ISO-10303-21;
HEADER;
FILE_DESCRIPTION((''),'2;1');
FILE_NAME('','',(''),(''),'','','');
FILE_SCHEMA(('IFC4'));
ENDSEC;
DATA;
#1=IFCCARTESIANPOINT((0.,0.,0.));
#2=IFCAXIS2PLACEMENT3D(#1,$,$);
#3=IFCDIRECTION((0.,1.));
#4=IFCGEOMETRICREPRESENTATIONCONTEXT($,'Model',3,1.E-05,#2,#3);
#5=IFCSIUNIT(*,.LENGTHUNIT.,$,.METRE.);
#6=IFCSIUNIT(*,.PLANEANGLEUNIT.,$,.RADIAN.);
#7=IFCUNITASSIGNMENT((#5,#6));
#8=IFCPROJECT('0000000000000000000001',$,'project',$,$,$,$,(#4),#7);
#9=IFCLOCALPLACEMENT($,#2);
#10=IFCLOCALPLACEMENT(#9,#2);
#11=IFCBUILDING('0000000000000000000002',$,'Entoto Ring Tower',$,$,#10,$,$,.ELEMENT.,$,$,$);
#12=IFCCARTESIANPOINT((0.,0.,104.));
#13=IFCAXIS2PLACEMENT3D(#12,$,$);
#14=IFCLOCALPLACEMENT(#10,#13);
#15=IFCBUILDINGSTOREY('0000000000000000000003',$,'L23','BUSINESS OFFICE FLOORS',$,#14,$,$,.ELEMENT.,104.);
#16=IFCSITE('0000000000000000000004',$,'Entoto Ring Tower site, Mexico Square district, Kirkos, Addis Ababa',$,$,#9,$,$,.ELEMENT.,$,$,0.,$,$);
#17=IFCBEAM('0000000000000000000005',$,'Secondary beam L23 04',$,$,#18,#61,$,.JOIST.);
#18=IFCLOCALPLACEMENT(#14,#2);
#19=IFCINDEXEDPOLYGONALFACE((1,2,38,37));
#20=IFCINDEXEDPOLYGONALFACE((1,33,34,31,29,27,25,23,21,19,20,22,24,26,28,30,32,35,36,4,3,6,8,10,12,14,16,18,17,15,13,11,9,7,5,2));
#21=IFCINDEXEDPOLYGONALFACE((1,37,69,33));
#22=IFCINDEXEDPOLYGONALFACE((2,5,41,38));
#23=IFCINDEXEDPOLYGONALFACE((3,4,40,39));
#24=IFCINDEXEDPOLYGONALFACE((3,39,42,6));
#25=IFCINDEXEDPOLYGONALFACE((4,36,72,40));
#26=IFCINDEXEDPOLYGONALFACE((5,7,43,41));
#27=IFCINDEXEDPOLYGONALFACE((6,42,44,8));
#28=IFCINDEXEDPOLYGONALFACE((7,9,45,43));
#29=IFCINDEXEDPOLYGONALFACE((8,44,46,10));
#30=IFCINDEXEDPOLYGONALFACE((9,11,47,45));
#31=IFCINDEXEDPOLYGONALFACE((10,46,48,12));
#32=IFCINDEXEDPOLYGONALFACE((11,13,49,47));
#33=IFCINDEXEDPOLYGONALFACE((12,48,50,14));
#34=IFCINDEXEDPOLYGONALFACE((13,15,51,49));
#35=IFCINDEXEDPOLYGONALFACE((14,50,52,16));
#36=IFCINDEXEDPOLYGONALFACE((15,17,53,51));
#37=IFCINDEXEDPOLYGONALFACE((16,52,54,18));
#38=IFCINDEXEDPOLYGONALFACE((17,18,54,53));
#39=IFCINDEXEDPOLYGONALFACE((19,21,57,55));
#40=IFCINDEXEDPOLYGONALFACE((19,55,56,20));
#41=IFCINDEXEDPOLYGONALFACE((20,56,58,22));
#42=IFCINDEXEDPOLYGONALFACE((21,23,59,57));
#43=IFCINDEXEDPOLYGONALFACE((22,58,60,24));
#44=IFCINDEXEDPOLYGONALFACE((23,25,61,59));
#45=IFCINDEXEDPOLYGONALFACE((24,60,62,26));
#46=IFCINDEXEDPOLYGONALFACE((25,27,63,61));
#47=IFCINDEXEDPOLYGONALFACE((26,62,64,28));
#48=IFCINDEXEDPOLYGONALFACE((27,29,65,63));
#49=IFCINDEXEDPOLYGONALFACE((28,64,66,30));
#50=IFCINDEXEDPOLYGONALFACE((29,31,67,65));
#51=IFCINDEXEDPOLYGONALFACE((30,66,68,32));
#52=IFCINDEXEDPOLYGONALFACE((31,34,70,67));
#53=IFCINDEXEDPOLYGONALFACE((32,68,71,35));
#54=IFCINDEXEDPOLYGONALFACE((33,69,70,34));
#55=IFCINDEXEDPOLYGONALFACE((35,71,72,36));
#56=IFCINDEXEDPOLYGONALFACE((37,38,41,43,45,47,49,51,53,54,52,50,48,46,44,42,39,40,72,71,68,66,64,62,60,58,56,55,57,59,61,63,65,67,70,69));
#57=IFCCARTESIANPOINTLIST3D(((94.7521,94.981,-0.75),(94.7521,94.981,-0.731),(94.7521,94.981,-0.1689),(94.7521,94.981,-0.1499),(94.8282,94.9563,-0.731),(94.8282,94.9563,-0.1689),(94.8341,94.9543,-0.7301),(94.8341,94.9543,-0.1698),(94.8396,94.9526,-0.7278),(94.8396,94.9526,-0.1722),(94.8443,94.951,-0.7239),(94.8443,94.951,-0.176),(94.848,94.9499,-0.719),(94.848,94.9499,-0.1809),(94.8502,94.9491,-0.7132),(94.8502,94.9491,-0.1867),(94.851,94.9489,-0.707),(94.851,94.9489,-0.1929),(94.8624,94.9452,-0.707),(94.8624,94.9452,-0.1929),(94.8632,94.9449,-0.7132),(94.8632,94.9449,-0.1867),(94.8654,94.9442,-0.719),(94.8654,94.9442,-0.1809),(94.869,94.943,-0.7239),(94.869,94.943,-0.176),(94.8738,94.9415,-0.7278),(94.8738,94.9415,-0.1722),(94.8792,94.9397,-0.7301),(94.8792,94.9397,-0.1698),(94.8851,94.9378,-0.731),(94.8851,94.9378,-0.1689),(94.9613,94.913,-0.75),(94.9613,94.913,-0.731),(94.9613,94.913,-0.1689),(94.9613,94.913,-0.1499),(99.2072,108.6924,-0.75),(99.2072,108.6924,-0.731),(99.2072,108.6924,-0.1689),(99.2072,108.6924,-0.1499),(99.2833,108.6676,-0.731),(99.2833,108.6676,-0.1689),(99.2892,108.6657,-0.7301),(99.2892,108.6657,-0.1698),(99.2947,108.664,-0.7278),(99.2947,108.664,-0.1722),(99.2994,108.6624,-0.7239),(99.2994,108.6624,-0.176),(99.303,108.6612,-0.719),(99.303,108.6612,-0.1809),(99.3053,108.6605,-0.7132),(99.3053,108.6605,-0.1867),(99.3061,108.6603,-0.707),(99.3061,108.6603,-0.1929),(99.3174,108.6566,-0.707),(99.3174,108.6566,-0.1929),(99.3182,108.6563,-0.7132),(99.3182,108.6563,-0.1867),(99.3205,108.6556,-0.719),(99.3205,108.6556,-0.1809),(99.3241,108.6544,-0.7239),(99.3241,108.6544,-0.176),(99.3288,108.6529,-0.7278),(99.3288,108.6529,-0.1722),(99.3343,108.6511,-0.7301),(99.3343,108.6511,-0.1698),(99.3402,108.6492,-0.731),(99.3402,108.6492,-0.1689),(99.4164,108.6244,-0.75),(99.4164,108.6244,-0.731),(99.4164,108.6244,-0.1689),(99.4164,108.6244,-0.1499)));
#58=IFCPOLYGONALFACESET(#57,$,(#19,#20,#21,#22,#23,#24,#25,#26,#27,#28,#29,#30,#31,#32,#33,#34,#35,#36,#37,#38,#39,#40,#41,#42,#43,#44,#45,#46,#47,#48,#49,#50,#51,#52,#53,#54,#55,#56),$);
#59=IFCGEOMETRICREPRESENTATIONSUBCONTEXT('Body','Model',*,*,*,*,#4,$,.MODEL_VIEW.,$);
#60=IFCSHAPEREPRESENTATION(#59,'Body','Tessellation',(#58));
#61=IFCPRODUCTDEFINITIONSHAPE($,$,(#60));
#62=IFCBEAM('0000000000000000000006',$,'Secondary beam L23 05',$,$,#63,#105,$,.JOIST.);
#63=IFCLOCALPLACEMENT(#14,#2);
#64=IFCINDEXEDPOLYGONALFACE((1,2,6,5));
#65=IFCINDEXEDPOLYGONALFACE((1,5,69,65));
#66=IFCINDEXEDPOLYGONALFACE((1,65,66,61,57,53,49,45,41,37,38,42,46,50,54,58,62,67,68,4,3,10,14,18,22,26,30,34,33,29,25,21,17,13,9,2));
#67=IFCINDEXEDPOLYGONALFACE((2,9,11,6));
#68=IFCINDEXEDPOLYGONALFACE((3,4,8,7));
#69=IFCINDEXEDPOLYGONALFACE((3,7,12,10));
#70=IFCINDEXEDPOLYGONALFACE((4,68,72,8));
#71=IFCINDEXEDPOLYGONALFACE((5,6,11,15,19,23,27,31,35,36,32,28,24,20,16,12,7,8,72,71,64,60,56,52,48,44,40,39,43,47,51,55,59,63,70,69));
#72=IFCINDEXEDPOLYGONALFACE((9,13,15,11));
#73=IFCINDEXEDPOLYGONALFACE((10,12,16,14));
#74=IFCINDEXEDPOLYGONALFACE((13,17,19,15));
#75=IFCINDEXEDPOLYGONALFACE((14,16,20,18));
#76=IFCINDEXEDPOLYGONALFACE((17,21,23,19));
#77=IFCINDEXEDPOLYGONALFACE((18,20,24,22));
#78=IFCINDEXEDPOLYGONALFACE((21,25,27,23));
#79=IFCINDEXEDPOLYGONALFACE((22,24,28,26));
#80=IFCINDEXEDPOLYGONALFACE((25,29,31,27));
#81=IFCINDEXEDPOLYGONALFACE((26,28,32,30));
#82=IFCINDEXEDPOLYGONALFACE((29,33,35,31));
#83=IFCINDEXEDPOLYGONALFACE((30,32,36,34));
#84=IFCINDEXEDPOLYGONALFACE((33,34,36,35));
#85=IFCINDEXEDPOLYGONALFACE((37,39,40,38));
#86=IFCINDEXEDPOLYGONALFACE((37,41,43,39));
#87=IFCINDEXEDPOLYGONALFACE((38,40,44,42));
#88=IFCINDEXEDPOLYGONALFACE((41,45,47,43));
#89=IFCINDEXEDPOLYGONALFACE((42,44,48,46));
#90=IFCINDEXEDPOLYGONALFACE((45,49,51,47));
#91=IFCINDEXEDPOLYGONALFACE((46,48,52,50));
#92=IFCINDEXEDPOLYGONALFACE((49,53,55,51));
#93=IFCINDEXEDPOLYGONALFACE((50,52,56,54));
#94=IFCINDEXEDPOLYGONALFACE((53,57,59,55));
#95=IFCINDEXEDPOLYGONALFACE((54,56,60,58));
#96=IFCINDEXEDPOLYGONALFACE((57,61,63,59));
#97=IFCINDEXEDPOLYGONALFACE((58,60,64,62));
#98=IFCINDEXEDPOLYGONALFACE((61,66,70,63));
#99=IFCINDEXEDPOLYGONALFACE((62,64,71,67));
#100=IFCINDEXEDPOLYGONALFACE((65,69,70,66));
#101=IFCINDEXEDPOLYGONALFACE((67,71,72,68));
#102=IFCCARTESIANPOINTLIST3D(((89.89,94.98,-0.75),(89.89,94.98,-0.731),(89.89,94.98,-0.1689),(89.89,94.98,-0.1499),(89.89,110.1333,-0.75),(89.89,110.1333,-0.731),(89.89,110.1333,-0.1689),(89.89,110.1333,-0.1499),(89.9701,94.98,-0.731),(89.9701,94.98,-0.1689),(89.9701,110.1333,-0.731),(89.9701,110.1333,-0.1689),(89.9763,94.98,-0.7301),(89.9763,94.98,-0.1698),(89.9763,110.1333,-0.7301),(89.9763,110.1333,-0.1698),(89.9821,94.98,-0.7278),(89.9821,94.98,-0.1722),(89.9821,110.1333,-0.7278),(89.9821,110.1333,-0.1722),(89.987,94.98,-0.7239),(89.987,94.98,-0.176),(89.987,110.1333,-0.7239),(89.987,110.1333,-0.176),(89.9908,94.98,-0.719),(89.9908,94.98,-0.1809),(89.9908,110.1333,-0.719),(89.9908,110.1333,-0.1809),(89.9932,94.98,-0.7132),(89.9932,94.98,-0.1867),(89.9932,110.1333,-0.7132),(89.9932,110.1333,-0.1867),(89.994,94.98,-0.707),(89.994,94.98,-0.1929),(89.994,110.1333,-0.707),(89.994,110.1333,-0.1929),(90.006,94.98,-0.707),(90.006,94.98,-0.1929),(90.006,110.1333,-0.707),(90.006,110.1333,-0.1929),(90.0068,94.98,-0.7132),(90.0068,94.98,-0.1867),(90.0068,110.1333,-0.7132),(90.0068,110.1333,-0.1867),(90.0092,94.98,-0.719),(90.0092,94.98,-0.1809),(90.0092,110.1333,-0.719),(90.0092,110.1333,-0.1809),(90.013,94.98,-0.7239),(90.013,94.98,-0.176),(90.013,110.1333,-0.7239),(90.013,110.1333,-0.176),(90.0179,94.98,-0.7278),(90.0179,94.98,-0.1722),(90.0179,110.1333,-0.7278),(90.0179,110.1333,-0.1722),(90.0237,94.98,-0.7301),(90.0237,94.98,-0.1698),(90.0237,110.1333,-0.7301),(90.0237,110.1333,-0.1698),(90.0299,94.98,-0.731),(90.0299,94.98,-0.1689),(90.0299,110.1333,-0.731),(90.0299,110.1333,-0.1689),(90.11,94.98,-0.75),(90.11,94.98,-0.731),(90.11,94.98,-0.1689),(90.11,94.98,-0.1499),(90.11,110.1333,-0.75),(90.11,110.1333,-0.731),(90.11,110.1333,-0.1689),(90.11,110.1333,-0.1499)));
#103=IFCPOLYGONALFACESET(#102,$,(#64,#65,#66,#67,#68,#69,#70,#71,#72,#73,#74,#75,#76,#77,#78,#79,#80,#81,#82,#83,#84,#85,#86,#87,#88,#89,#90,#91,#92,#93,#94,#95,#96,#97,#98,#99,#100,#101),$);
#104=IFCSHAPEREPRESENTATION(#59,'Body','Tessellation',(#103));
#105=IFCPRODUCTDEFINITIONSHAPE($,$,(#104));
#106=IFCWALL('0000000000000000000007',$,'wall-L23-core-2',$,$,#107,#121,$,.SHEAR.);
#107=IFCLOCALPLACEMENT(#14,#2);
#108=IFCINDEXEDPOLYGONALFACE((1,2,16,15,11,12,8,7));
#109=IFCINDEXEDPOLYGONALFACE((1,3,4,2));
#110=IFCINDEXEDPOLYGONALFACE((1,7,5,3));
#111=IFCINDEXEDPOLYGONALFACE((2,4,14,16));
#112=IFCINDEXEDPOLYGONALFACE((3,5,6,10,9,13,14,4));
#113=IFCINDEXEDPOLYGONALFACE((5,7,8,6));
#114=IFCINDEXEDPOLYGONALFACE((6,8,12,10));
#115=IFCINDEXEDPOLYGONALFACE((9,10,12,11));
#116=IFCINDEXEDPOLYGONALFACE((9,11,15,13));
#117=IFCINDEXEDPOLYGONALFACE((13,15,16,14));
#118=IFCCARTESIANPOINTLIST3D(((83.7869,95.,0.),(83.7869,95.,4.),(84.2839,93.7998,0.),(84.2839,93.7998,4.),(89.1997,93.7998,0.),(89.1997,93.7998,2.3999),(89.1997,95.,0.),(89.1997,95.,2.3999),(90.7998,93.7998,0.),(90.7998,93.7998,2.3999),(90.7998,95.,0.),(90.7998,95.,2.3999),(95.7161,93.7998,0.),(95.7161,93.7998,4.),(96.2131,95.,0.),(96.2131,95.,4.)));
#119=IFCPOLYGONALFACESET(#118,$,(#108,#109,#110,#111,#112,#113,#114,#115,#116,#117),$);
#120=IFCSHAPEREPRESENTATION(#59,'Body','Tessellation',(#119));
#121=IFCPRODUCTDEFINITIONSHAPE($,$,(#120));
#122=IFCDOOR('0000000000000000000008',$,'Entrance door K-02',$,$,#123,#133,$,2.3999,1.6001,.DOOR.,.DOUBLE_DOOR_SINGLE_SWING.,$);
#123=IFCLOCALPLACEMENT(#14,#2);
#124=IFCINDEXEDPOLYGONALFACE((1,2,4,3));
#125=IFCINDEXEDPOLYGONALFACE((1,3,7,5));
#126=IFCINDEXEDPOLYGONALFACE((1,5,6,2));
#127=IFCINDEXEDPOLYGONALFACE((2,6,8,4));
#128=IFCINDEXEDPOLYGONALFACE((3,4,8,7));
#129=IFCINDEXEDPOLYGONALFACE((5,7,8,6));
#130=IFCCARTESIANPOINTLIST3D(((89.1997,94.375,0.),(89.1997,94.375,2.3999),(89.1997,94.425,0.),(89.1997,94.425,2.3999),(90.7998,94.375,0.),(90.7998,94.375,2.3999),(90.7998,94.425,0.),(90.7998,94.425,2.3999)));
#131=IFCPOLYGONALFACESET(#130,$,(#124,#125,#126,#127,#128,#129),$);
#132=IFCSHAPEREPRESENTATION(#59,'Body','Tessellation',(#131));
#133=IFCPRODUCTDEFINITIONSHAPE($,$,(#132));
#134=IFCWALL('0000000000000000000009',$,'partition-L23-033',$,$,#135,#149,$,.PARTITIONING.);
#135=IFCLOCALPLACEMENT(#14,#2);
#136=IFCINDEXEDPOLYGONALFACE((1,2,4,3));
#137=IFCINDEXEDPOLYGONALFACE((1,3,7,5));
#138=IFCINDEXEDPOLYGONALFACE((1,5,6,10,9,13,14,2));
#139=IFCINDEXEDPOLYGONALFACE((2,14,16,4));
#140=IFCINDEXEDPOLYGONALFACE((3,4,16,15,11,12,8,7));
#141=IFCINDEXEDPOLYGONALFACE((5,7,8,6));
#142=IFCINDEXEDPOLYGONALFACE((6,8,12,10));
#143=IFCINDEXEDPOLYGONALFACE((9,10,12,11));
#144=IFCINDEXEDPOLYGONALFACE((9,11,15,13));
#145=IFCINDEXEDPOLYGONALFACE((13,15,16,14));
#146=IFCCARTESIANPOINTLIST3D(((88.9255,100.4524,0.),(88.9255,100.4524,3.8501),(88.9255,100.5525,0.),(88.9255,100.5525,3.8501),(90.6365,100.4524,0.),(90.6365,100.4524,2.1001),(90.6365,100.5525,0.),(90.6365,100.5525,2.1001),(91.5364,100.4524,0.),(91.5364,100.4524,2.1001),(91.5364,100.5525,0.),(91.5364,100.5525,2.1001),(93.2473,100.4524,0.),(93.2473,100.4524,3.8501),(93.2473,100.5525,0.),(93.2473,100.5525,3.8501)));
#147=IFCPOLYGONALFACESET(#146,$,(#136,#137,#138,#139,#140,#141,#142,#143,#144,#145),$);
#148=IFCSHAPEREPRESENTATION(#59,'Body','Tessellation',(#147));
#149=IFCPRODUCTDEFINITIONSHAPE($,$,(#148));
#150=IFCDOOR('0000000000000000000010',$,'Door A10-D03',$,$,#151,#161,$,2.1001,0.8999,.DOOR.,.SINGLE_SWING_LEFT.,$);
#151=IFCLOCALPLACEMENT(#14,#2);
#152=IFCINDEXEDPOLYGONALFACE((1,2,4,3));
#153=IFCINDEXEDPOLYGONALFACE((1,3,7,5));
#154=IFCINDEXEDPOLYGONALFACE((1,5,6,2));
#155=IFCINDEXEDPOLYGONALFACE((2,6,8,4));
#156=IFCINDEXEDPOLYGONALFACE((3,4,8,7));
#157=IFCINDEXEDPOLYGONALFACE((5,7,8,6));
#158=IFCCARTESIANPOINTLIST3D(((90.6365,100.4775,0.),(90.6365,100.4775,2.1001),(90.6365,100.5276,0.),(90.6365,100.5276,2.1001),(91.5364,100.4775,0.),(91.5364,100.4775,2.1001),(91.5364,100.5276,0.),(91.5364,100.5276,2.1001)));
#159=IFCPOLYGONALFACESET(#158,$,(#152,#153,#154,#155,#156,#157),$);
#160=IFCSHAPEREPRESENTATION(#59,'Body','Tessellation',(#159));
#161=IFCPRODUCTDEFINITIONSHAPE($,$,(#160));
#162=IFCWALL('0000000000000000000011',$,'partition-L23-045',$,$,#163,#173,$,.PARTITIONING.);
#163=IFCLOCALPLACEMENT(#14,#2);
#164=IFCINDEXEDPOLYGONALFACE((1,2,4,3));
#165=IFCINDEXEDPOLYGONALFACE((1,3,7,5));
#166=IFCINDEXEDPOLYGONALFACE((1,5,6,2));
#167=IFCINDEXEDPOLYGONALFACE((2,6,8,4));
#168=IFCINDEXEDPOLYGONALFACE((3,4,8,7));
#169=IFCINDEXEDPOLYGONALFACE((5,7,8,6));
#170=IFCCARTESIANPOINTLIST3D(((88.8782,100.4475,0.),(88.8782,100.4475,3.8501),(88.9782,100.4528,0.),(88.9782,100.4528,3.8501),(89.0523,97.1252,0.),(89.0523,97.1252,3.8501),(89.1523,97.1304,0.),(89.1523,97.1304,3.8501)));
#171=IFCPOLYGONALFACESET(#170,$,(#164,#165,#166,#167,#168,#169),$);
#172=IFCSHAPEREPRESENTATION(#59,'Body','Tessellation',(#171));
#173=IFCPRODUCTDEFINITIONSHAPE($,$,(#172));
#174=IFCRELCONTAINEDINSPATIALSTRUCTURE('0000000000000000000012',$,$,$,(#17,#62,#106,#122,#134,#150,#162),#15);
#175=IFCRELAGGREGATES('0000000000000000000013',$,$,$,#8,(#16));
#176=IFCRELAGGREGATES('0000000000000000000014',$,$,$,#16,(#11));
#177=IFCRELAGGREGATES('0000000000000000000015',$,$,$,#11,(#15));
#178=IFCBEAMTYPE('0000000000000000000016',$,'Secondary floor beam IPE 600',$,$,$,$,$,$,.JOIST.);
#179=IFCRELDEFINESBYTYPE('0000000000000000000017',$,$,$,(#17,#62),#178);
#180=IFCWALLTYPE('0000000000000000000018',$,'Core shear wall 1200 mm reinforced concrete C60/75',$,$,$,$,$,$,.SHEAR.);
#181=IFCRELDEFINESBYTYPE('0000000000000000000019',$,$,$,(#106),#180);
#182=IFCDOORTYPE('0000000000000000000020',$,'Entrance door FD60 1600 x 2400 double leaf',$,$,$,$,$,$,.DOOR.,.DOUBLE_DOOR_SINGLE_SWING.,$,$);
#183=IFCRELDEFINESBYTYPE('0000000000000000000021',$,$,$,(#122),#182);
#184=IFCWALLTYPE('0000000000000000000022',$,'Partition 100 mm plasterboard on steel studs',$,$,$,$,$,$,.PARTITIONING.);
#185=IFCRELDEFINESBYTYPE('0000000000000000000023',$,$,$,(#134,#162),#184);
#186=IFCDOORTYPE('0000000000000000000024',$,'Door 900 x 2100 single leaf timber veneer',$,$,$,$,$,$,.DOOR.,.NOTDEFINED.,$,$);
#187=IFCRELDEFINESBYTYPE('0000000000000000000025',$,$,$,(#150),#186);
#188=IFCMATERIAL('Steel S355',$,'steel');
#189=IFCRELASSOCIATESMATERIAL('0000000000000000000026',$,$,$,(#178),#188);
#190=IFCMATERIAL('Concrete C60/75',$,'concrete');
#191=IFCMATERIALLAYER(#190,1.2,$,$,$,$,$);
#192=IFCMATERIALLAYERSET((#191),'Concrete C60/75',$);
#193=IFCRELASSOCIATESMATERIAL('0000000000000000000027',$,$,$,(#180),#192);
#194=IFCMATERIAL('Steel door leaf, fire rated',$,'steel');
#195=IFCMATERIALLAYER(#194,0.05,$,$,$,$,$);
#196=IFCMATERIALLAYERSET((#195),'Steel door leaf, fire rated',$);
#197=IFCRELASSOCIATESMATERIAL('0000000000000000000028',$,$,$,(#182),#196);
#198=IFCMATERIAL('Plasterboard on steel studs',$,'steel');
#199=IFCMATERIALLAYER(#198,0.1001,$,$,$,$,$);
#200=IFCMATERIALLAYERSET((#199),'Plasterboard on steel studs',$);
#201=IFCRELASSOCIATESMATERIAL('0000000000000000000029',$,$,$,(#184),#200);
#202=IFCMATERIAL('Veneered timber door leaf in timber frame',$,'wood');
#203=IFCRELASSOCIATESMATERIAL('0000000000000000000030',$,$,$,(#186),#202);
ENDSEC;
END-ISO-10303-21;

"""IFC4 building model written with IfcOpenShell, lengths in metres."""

from ifc_helpers import new_model, si_unit, direction, frame, frame_2d, origin, origin_2d, place, context, subcontext, project, spatial, polyline, rectangle, i_section, outline, extrude, material, layer, layer_set, material_profile, profile_set, type_object, element, fill, save


model = new_model("IFC4")

# Units and contexts
model_context = context("Model", 3, precision=1e-05, world=origin(), true_north=direction((0.0, 1.0)))
body_context = subcontext(model_context, "Body", "Model", "MODEL_VIEW")
ifc_project = project(units=[si_unit("LENGTHUNIT", "METRE"), si_unit("PLANEANGLEUNIT", "RADIAN")], contexts=[model_context])

# Site, building, storey
site_placement = place(None, origin())
site = spatial("IfcSite", under=ifc_project, at=site_placement, Name="Entoto Ring Tower site, Mexico Square district, Kirkos, Addis Ababa", CompositionType="ELEMENT", RefElevation=0.0)
building_placement = place(site_placement, origin())
building = spatial("IfcBuilding", under=site, at=building_placement, Name="Entoto Ring Tower", CompositionType="ELEMENT")
storey_placement = place(building_placement, frame((0.0, 0.0, 104.0)))
storey = spatial("IfcBuildingStorey", under=building, at=storey_placement, Name="L23", Description="BUSINESS OFFICE FLOORS", CompositionType="ELEMENT", Elevation=104.0)

# Beams
ifc_material_1 = material(Name="Steel S355", Category="steel")
ifc_material_profile_1 = material_profile(ifc_material_1, i_section(OverallWidth=0.22, OverallDepth=0.6001, WebThickness=0.012, FlangeThickness=0.019, FilletRadius=0.0239, at=origin_2d()), Name="IPE 600")
ifc_profile_set_1 = profile_set([ifc_material_profile_1], Name="Steel S355")
beam_type_1 = type_object("IfcBeamType", Name="Secondary floor beam IPE 600", PredefinedType="JOIST", material=ifc_profile_set_1)
beam_1_placement = place(storey_placement, frame((94.8567, 94.947, -0.45), z_axis=(0.309015, 0.951057, 0.0), x_axis=(-0.951057, 0.309015, 0.0)))
element("IfcBeam", 1, at=beam_1_placement, inside=storey, type_object=beam_type_1, Name="Secondary beam L23 04", PredefinedType="JOIST", context=body_context, shape_type="SweptSolid", body=[
    extrude(i_section(OverallWidth=0.22, OverallDepth=0.6001, WebThickness=0.012, FlangeThickness=0.019, FilletRadius=0.0239, at=origin_2d()), origin(), (0.0, 0.0, 1.0), 14.417),
])
beam_2_placement = place(storey_placement, frame((90.0, 94.98, -0.45), z_axis=(0.0, 1.0, 0.0), x_axis=(-1.0, 0.0, 0.0)))
element("IfcBeam", 2, at=beam_2_placement, inside=storey, type_object=beam_type_1, Name="Secondary beam L23 05", PredefinedType="JOIST", context=body_context, shape_type="SweptSolid", body=[
    extrude(i_section(OverallWidth=0.22, OverallDepth=0.6001, WebThickness=0.012, FlangeThickness=0.019, FilletRadius=0.0239, at=origin_2d()), origin(), (0.0, 0.0, 1.0), 15.1533),
])

# Walls, openings, doors
ifc_material_2 = material(Name="Concrete C60/75", Category="concrete")
ifc_layer_1 = layer(ifc_material_2, 1.2)
ifc_layer_set_1 = layer_set([ifc_layer_1], Name="Concrete C60/75")
wall_type_1 = type_object("IfcWallType", Name="Core shear wall 1200 mm reinforced concrete C60/75", PredefinedType="SHEAR", material=ifc_layer_set_1)
wall_1_placement = place(storey_placement, frame((95.9646, 94.3999, 0.0), z_axis=(0.0, 0.0, 1.0), x_axis=(-1.0, 0.0, 0.0)))
wall_1 = element("IfcWall", 3, at=wall_1_placement, inside=storey, type_object=wall_type_1, Name="wall-L23-core-2", PredefinedType="SHEAR", context=body_context, shape_type="SweptSolid", body=[
    extrude(outline(polyline([(-0.2485, -0.6001), (12.1777, -0.6001), (11.6807, 0.6001), (0.2485, 0.6001), (-0.2485, -0.6001)])), origin(), (0.0, 0.0, 1.0), 4.0),
])
opening_1_placement = place(wall_1_placement, frame((5.1648, 0.0, 0.0)))
opening_1 = element("IfcOpeningElement", 4, at=opening_1_placement, cuts=wall_1, PredefinedType="OPENING", context=body_context, shape_type="SweptSolid", body=[
    extrude(rectangle(XDim=1.6001, YDim=2.3999, at=frame_2d((0.8, 1.2))), frame((0.0, 0.6099, 0.0), z_axis=(0.0, -1.0, 0.0), x_axis=(1.0, 0.0, 0.0)), (0.0, 0.0, 1.0), 1.22),
])
ifc_material_3 = material(Name="Steel door leaf, fire rated", Category="steel")
ifc_layer_2 = layer(ifc_material_3, 0.05)
ifc_layer_set_2 = layer_set([ifc_layer_2], Name="Steel door leaf, fire rated")
door_type_1 = type_object("IfcDoorType", Name="Entrance door FD60 1600 x 2400 double leaf", OperationType="DOUBLE_DOOR_SINGLE_SWING", PredefinedType="DOOR", material=ifc_layer_set_2)
door_1_placement = place(opening_1_placement, origin())
door_1 = element("IfcDoor", 5, at=door_1_placement, inside=storey, type_object=door_type_1, Name="Entrance door K-02", OperationType="DOUBLE_DOOR_SINGLE_SWING", OverallHeight=2.3999, OverallWidth=1.6001, PredefinedType="DOOR", context=body_context, shape_type="SweptSolid", body=[
    extrude(rectangle(XDim=1.6001, YDim=2.3999, at=frame_2d((0.8, 1.2))), frame((0.0, 0.0249, 0.0), z_axis=(0.0, -1.0, 0.0), x_axis=(1.0, 0.0, 0.0)), (0.0, 0.0, 1.0), 0.05),
])
fill(opening_1, door_1)
ifc_material_4 = material(Name="Plasterboard on steel studs", Category="steel")
ifc_layer_3 = layer(ifc_material_4, 0.1001)
ifc_layer_set_3 = layer_set([ifc_layer_3], Name="Plasterboard on steel studs")
wall_type_2 = type_object("IfcWallType", Name="Partition 100 mm plasterboard on steel studs", PredefinedType="PARTITIONING", material=ifc_layer_set_3)
wall_2_placement = place(storey_placement, frame((88.9255, 100.5024, 0.0), z_axis=(0.0, 0.0, 1.0), x_axis=(1.0, 0.0, 0.0)))
wall_2 = element("IfcWall", 6, at=wall_2_placement, inside=storey, type_object=wall_type_2, Name="partition-L23-033", PredefinedType="PARTITIONING", context=body_context, shape_type="SweptSolid", body=[
    extrude(rectangle(XDim=4.3218, YDim=0.1001, at=frame_2d((2.1609, 0.0))), origin(), (0.0, 0.0, 1.0), 3.8501),
])
opening_2_placement = place(wall_2_placement, frame((1.7109, 0.0, 0.0)))
opening_2 = element("IfcOpeningElement", 7, at=opening_2_placement, cuts=wall_2, PredefinedType="OPENING", context=body_context, shape_type="SweptSolid", body=[
    extrude(rectangle(XDim=0.8999, YDim=2.1001, at=frame_2d((0.45, 1.05))), frame((0.0, 0.0601, 0.0), z_axis=(0.0, -1.0, 0.0), x_axis=(1.0, 0.0, 0.0)), (0.0, 0.0, 1.0), 0.1201),
])
ifc_material_5 = material(Name="Veneered timber door leaf in timber frame", Category="wood")
door_type_2 = type_object("IfcDoorType", Name="Door 900 x 2100 single leaf timber veneer", OperationType="NOTDEFINED", PredefinedType="DOOR", material=ifc_material_5)
door_2_placement = place(opening_2_placement, frame((0.8999, 0.0, 0.0), z_axis=(0.0, 0.0, 1.0), x_axis=(-1.0, 0.0, 0.0)))
door_2 = element("IfcDoor", 8, at=door_2_placement, inside=storey, type_object=door_type_2, Name="Door A10-D03", OperationType="SINGLE_SWING_LEFT", OverallHeight=2.1001, OverallWidth=0.8999, PredefinedType="DOOR", context=body_context, shape_type="SweptSolid", body=[
    extrude(rectangle(XDim=0.8999, YDim=2.1001, at=frame_2d((0.45, 1.05))), frame((0.0, 0.0249, 0.0), z_axis=(0.0, -1.0, 0.0), x_axis=(1.0, 0.0, 0.0)), (0.0, 0.0, 1.0), 0.05),
])
fill(opening_2, door_2)

# Wall
wall_3_placement = place(storey_placement, frame((89.1023, 97.1277, 0.0), z_axis=(0.0, 0.0, 1.0), x_axis=(-0.052324, 0.99863, 0.0)))
element("IfcWall", 9, at=wall_3_placement, inside=storey, type_object=wall_type_2, Name="partition-L23-045", PredefinedType="PARTITIONING", context=body_context, shape_type="SweptSolid", body=[
    extrude(rectangle(XDim=3.3269, YDim=0.1001, at=frame_2d((1.6636, 0.0))), origin(), (0.0, 0.0, 1.0), 3.8501),
])

save(model, "model.ifc")
